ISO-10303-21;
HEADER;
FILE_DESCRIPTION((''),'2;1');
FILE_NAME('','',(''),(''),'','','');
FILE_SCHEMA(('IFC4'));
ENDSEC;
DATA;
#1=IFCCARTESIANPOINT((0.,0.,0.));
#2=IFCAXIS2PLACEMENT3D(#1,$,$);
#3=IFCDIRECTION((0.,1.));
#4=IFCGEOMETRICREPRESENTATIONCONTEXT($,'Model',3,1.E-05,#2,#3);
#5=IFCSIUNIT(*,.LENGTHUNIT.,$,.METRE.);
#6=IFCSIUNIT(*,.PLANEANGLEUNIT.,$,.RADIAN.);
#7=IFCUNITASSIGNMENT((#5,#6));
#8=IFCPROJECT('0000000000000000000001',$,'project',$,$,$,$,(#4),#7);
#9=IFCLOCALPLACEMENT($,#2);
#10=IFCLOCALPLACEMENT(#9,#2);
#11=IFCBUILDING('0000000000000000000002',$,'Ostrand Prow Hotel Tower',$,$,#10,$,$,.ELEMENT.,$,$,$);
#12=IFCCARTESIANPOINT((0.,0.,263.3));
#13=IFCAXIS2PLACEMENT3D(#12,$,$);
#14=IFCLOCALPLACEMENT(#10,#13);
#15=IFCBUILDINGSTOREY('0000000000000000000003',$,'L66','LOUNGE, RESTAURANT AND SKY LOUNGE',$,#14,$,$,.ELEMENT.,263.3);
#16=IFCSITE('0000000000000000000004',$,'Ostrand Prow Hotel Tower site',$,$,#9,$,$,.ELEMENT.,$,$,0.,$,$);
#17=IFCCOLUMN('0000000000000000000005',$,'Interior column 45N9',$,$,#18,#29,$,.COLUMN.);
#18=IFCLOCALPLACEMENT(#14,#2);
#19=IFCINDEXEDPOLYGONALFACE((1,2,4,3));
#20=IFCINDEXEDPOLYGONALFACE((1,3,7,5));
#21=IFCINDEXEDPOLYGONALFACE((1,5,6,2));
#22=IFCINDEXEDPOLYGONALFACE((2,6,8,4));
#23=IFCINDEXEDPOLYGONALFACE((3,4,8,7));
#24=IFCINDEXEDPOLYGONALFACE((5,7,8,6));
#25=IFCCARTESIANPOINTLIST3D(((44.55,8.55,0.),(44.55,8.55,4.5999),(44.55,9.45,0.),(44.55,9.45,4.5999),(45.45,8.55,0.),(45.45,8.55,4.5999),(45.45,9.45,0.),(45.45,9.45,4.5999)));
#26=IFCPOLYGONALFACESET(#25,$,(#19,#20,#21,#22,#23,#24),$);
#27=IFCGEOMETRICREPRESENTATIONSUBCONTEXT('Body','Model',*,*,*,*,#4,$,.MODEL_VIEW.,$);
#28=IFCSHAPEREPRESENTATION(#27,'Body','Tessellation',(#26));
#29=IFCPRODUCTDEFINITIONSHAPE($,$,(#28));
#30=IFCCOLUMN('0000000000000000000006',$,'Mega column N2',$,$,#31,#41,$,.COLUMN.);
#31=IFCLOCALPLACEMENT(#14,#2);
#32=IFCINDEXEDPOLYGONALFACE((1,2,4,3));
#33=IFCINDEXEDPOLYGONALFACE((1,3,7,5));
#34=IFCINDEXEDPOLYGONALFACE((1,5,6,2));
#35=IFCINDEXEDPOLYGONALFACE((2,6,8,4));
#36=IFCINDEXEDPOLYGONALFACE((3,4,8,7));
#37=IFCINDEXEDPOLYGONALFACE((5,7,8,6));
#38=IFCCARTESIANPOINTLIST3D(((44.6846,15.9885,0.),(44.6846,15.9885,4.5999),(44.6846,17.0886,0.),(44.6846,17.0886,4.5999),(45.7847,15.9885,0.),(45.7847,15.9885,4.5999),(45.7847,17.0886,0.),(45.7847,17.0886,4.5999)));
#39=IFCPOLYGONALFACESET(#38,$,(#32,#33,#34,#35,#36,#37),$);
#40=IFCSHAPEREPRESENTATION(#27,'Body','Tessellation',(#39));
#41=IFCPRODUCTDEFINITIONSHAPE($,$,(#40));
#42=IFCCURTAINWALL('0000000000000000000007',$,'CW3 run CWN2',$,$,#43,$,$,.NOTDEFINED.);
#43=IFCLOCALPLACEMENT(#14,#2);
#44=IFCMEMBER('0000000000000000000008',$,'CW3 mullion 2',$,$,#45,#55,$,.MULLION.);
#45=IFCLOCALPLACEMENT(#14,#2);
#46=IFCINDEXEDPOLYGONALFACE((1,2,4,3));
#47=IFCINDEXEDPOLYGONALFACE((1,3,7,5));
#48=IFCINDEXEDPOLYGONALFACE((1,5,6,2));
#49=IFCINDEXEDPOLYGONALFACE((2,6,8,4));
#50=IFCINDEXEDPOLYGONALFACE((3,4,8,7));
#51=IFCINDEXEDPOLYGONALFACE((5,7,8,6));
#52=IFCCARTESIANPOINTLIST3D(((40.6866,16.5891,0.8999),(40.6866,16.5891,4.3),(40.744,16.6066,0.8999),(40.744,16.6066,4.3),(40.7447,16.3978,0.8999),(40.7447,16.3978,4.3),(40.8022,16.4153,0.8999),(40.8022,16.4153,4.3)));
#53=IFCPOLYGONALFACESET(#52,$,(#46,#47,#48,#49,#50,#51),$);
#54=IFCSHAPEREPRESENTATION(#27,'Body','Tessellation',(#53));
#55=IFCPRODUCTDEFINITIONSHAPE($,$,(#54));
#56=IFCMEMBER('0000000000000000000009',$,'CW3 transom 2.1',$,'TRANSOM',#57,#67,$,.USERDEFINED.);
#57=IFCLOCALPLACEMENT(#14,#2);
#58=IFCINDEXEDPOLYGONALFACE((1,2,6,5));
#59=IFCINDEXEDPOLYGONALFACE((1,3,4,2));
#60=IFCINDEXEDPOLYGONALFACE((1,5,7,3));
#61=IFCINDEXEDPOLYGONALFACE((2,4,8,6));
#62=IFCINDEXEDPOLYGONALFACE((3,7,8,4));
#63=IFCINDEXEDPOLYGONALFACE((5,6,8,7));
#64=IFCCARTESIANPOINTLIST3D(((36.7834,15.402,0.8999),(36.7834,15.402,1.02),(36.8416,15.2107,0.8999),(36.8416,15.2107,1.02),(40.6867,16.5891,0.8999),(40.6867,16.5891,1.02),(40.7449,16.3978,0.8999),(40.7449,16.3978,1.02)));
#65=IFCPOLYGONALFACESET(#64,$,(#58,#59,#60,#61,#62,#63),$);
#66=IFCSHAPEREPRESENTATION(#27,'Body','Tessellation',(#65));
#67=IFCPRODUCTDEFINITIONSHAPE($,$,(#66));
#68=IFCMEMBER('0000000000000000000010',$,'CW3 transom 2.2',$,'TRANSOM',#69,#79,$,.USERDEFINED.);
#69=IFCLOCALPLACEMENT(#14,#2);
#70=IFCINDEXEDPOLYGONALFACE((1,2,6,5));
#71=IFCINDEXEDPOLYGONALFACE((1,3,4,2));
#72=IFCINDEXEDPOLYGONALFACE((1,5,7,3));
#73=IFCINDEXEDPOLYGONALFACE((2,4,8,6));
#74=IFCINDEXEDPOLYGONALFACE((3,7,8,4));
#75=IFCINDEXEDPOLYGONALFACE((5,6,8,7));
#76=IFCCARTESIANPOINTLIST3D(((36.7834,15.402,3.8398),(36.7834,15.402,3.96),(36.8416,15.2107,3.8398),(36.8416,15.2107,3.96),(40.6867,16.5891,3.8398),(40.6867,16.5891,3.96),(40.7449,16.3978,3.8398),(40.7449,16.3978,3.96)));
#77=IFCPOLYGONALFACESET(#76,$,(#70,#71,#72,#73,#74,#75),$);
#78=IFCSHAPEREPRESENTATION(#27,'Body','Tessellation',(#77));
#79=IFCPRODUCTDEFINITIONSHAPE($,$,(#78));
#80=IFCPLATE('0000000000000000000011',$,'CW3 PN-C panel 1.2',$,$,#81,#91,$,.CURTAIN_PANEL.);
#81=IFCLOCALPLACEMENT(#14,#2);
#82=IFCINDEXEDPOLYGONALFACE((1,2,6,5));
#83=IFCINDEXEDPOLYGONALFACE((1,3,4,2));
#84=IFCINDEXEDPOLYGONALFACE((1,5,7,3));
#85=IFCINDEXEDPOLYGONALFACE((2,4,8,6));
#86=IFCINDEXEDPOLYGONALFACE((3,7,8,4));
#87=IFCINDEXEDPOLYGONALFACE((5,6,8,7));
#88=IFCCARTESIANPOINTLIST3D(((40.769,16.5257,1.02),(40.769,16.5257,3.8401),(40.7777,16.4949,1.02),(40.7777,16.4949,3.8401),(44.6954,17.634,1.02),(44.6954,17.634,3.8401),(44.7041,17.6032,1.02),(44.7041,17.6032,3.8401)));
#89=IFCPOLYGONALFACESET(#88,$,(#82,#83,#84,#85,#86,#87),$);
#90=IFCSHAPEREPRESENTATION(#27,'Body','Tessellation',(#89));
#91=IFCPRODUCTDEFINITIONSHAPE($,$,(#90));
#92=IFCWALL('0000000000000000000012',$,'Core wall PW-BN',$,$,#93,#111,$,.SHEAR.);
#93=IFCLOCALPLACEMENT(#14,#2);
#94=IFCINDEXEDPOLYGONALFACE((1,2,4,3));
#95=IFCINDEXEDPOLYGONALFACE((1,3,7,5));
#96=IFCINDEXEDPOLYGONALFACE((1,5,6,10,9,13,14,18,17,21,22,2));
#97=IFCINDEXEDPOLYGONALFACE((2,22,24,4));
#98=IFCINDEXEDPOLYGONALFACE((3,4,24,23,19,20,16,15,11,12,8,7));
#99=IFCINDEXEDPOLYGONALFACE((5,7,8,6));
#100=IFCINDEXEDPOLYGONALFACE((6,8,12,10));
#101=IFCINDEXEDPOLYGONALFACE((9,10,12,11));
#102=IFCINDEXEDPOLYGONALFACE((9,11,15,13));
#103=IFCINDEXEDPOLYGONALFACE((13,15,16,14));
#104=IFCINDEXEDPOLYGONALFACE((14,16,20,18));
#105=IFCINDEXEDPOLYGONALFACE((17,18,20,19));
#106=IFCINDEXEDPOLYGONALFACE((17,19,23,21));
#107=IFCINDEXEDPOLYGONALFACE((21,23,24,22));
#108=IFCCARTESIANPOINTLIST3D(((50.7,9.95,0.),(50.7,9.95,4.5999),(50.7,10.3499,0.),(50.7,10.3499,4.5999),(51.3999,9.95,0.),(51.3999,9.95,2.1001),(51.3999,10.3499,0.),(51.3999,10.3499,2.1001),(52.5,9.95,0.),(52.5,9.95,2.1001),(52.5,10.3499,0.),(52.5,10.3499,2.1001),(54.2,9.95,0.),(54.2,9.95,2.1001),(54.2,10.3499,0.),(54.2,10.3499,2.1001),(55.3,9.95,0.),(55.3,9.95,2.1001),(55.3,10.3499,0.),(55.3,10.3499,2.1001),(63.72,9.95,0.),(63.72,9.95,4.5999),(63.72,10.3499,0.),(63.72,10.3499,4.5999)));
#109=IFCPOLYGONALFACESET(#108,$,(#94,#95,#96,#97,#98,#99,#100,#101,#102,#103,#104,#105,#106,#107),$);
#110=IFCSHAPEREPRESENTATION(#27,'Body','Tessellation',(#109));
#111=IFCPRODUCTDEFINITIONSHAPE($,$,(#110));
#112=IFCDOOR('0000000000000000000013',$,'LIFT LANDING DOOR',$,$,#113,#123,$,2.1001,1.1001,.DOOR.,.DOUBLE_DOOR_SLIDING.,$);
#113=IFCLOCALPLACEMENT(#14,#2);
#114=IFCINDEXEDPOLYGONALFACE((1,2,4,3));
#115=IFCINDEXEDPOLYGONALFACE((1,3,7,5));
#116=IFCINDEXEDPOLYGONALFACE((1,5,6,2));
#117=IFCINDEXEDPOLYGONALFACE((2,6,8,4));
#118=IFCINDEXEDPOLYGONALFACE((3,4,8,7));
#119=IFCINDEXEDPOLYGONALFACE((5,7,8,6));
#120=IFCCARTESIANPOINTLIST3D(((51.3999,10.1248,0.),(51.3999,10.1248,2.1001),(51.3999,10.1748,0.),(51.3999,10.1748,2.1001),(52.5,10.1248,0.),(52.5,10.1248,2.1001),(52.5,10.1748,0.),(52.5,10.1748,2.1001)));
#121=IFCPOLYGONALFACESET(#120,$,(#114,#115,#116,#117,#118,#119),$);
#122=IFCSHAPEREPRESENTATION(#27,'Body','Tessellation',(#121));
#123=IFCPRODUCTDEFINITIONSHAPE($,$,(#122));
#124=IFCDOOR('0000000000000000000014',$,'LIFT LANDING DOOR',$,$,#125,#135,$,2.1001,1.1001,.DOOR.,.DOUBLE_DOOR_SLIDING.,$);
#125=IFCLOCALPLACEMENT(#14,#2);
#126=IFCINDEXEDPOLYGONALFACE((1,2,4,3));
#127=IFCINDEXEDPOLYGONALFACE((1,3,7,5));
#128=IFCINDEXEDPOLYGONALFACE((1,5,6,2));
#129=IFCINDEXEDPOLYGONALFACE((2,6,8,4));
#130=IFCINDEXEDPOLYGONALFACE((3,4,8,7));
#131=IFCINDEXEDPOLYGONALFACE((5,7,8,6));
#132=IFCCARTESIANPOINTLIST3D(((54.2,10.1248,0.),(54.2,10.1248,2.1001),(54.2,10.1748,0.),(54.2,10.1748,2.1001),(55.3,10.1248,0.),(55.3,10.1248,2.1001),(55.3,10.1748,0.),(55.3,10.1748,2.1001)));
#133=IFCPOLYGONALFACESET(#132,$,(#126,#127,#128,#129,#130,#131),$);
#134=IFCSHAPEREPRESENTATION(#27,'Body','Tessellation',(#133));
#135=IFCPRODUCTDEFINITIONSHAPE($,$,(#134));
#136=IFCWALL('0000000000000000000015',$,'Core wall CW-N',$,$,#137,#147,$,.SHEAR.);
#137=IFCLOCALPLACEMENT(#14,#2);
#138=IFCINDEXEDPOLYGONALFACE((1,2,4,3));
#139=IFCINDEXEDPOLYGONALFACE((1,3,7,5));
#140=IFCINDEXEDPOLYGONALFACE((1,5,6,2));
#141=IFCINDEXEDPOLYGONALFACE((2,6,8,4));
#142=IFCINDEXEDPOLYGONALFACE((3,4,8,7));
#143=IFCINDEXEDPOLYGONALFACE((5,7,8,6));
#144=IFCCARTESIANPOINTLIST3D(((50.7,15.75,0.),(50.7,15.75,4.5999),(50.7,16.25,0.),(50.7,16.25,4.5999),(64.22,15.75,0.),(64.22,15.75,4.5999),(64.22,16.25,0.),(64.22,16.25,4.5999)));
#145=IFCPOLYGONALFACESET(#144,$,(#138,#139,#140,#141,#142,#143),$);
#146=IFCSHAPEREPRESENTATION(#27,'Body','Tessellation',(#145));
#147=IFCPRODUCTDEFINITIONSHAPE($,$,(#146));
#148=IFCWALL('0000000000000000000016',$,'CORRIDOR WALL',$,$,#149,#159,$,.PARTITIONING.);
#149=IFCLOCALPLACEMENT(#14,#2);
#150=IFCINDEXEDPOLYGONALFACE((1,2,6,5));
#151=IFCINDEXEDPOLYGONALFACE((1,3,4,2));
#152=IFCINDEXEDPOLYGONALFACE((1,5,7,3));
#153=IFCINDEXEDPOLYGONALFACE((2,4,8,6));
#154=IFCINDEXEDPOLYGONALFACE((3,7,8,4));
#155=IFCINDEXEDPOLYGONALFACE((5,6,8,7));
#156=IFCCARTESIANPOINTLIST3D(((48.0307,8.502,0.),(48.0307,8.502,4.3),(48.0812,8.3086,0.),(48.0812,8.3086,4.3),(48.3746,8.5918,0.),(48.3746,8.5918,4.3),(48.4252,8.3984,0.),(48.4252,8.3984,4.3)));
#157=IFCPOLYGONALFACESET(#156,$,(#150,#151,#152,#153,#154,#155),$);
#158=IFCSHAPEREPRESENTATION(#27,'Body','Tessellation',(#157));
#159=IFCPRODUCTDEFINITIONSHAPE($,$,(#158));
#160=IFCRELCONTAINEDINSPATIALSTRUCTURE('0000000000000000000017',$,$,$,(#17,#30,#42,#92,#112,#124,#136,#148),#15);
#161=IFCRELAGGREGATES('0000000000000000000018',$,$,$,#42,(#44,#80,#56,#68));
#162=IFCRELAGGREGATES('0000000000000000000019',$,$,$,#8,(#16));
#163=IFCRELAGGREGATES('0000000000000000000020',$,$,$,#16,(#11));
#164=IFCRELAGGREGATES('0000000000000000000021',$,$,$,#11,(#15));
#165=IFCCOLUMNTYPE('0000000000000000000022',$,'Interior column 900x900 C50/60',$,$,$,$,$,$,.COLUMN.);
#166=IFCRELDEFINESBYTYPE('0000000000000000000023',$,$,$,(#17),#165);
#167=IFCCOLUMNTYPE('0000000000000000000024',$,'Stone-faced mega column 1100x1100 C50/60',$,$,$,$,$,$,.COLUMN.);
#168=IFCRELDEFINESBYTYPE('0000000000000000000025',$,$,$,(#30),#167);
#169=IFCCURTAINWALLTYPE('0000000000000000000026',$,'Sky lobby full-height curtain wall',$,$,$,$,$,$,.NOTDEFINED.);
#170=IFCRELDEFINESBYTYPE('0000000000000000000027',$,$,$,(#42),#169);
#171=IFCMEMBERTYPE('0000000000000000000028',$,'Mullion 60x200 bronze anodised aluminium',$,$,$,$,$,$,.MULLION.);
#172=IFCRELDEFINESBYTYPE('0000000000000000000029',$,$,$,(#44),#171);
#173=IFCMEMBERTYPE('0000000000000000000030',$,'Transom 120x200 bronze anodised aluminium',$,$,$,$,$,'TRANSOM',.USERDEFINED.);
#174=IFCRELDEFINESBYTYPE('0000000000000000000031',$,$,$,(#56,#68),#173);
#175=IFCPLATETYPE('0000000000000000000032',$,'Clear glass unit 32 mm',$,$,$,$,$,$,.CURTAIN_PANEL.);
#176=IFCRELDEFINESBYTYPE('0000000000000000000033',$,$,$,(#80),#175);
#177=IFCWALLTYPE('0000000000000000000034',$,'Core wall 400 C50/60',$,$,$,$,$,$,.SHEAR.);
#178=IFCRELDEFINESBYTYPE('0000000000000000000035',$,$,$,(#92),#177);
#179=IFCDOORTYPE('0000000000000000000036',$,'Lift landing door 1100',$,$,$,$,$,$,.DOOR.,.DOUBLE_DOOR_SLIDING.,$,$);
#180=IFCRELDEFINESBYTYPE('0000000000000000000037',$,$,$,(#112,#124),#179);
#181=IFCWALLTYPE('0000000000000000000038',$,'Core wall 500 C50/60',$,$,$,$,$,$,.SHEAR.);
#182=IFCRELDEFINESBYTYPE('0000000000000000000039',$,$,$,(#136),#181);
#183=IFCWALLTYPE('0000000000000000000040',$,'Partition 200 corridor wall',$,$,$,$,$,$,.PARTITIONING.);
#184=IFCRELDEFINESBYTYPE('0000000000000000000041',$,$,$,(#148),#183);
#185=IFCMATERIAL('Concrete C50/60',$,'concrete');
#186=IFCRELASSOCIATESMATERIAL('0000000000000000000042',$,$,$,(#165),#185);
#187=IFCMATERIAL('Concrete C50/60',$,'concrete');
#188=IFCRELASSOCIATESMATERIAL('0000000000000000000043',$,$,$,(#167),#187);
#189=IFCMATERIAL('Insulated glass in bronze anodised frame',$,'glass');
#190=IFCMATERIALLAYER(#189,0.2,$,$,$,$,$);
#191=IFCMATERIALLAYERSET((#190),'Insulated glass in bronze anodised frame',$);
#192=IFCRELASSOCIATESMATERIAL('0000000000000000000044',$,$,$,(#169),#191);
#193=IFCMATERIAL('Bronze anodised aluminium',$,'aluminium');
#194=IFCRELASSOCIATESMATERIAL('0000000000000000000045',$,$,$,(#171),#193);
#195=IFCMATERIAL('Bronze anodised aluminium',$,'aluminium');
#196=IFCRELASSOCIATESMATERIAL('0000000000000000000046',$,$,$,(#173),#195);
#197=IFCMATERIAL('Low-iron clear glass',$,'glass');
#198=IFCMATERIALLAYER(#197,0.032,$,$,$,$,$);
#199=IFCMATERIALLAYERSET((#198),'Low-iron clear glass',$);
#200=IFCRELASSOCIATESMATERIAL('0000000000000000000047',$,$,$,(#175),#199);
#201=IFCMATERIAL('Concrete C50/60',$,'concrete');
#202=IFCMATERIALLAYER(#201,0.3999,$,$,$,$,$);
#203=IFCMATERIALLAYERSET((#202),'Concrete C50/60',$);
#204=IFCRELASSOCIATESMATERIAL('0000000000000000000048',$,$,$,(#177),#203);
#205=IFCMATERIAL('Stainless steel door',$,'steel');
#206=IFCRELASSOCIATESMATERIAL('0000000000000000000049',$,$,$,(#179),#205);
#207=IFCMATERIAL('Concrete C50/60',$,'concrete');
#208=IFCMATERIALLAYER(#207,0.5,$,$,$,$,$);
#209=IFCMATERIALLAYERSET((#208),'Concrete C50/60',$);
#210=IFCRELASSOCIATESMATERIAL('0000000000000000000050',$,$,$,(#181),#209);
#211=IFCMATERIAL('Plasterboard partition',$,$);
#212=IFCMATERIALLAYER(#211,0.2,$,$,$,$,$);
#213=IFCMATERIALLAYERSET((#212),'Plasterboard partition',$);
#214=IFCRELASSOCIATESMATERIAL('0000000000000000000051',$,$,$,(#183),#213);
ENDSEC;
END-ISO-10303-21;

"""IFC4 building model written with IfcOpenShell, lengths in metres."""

from ifc_helpers import new_model, si_unit, direction, frame, frame_2d, origin, origin_2d, place, context, subcontext, project, spatial, rectangle, extrude, material, layer, layer_set, material_profile, profile_set, type_object, element, fill, aggregate, save


model = new_model("IFC4")

# Units and contexts
model_context = context("Model", 3, precision=1e-05, world=origin(), true_north=direction((0.0, 1.0)))
body_context = subcontext(model_context, "Body", "Model", "MODEL_VIEW")
ifc_project = project(units=[si_unit("LENGTHUNIT", "METRE"), si_unit("PLANEANGLEUNIT", "RADIAN")], contexts=[model_context])

# Site, building, storey
site_placement = place(None, origin())
site = spatial("IfcSite", under=ifc_project, at=site_placement, Name="Ostrand Prow Hotel Tower site", CompositionType="ELEMENT", RefElevation=0.0)
building_placement = place(site_placement, origin())
building = spatial("IfcBuilding", under=site, at=building_placement, Name="Ostrand Prow Hotel Tower", CompositionType="ELEMENT")
storey_placement = place(building_placement, frame((0.0, 0.0, 263.3)))
storey = spatial("IfcBuildingStorey", under=building, at=storey_placement, Name="L66", Description="LOUNGE, RESTAURANT AND SKY LOUNGE", CompositionType="ELEMENT", Elevation=263.3)

# Columns
ifc_material_1 = material(Name="Concrete C50/60", Category="concrete")
ifc_material_profile_1 = material_profile(ifc_material_1, rectangle(XDim=0.8999, YDim=0.8999, at=origin_2d()), Name="RC 900x900")
ifc_profile_set_1 = profile_set([ifc_material_profile_1], Name="Concrete C50/60")
column_type_1 = type_object("IfcColumnType", Name="Interior column 900x900 C50/60", PredefinedType="COLUMN", material=ifc_profile_set_1)
column_1_placement = place(storey_placement, frame((45.0, 9.0, 0.0), z_axis=(0.0, 0.0, 1.0), x_axis=(1.0, 0.0, 0.0)))
element("IfcColumn", 1, at=column_1_placement, inside=storey, type_object=column_type_1, Name="Interior column 45N9", PredefinedType="COLUMN", context=body_context, shape_type="SweptSolid", body=[
    extrude(rectangle(XDim=0.8999, YDim=0.8999, at=origin_2d()), origin(), (0.0, 0.0, 1.0), 4.5999),
])
ifc_material_2 = material(Name="Concrete C50/60", Category="concrete")
ifc_material_profile_2 = material_profile(ifc_material_2, rectangle(XDim=1.1001, YDim=1.1001, at=origin_2d()), Name="RC 1100x1100")
ifc_profile_set_2 = profile_set([ifc_material_profile_2], Name="Concrete C50/60")
column_type_2 = type_object("IfcColumnType", Name="Stone-faced mega column 1100x1100 C50/60", PredefinedType="COLUMN", material=ifc_profile_set_2)
column_2_placement = place(storey_placement, frame((45.2346, 16.5386, 0.0), z_axis=(0.0, 0.0, 1.0), x_axis=(1.0, 0.0, 0.0)))
element("IfcColumn", 2, at=column_2_placement, inside=storey, type_object=column_type_2, Name="Mega column N2", PredefinedType="COLUMN", context=body_context, shape_type="SweptSolid", body=[
    extrude(rectangle(XDim=1.1001, YDim=1.1001, at=origin_2d()), origin(), (0.0, 0.0, 1.0), 4.5999),
])

# Curtain wall, members, plate
ifc_material_3 = material(Name="Insulated glass in bronze anodised frame", Category="glass")
ifc_layer_1 = layer(ifc_material_3, 0.2)
ifc_layer_set_1 = layer_set([ifc_layer_1], Name="Insulated glass in bronze anodised frame")
curtain_wall_type = type_object("IfcCurtainWallType", Name="Sky lobby full-height curtain wall", PredefinedType="NOTDEFINED", material=ifc_layer_set_1)
curtain_wall_placement = place(storey_placement, origin())
curtain_wall = element("IfcCurtainWall", 3, at=curtain_wall_placement, inside=storey, type_object=curtain_wall_type, Name="CW3 run CWN2", PredefinedType="NOTDEFINED")
ifc_material_4 = material(Name="Bronze anodised aluminium", Category="aluminium")
ifc_material_profile_3 = material_profile(ifc_material_4, rectangle(XDim=0.2, YDim=0.0601, at=origin_2d()), Name="Mullion 60x200 bronze anodised aluminium")
ifc_profile_set_3 = profile_set([ifc_material_profile_3], Name="Bronze anodised aluminium")
member_type_1 = type_object("IfcMemberType", Name="Mullion 60x200 bronze anodised aluminium", PredefinedType="MULLION", material=ifc_profile_set_3)
member_1_placement = place(storey_placement, frame((40.7444, 16.5022, 0.8999), z_axis=(0.0, 0.0, 1.0), x_axis=(0.290938, -0.956742, 0.0)))
member_1 = element("IfcMember", 4, at=member_1_placement, type_object=member_type_1, Name="CW3 mullion 2", PredefinedType="MULLION", context=body_context, shape_type="SweptSolid", body=[
    extrude(rectangle(XDim=0.2, YDim=0.0601, at=origin_2d()), origin(), (0.0, 0.0, 1.0), 3.4001),
])
ifc_material_5 = material(Name="Bronze anodised aluminium", Category="aluminium")
ifc_material_profile_4 = material_profile(ifc_material_5, rectangle(XDim=0.2, YDim=0.1201, at=origin_2d()), Name="Transom 120x200 bronze anodised aluminium")
ifc_profile_set_4 = profile_set([ifc_material_profile_4], Name="Bronze anodised aluminium")
member_type_2 = type_object("IfcMemberType", Name="Transom 120x200 bronze anodised aluminium", ElementType="TRANSOM", PredefinedType="USERDEFINED", material=ifc_profile_set_4)
member_2_placement = place(storey_placement, frame((40.7158, 16.4934, 0.96), z_axis=(-0.956739, -0.290947, 0.0), x_axis=(0.290947, -0.956739, 0.0)))
member_2 = element("IfcMember", 5, at=member_2_placement, type_object=member_type_2, Name="CW3 transom 2.1", ObjectType="TRANSOM", PredefinedType="USERDEFINED", context=body_context, shape_type="SweptSolid", body=[
    extrude(rectangle(XDim=0.2, YDim=0.1201, at=origin_2d()), origin(), (0.0, 0.0, 1.0), 4.0798),
])
member_3_placement = place(storey_placement, frame((40.7158, 16.4934, 3.8999), z_axis=(-0.956739, -0.290947, 0.0), x_axis=(0.290947, -0.956739, 0.0)))
member_3 = element("IfcMember", 6, at=member_3_placement, type_object=member_type_2, Name="CW3 transom 2.2", ObjectType="TRANSOM", PredefinedType="USERDEFINED", context=body_context, shape_type="SweptSolid", body=[
    extrude(rectangle(XDim=0.2, YDim=0.1201, at=origin_2d()), origin(), (0.0, 0.0, 1.0), 4.0798),
])
ifc_material_6 = material(Name="Low-iron clear glass", Category="glass")
ifc_layer_2 = layer(ifc_material_6, 0.032)
ifc_layer_set_2 = layer_set([ifc_layer_2], Name="Low-iron clear glass")
plate_type = type_object("IfcPlateType", Name="Clear glass unit 32 mm", PredefinedType="CURTAIN_PANEL", material=ifc_layer_set_2)
plate_placement = place(storey_placement, frame((42.7366, 17.0645, 1.02), z_axis=(0.0, 0.0, 1.0), x_axis=(-0.962396, -0.271649, 0.0)))
plate = element("IfcPlate", 7, at=plate_placement, type_object=plate_type, Name="CW3 PN-C panel 1.2", PredefinedType="CURTAIN_PANEL", context=body_context, shape_type="SweptSolid", body=[
    extrude(rectangle(XDim=4.0798, YDim=0.032, at=origin_2d()), origin(), (0.0, 0.0, 1.0), 2.8201),
])
aggregate(curtain_wall, [member_1, plate, member_2, member_3])

# Wall, openings, doors
ifc_material_7 = material(Name="Concrete C50/60", Category="concrete")
ifc_layer_3 = layer(ifc_material_7, 0.3999)
ifc_layer_set_3 = layer_set([ifc_layer_3], Name="Concrete C50/60")
wall_type_1 = type_object("IfcWallType", Name="Core wall 400 C50/60", PredefinedType="SHEAR", material=ifc_layer_set_3)
wall_1_placement = place(storey_placement, frame((50.7, 10.1499, 0.0), z_axis=(0.0, 0.0, 1.0), x_axis=(1.0, 0.0, 0.0)))
wall_1 = element("IfcWall", 8, at=wall_1_placement, inside=storey, type_object=wall_type_1, Name="Core wall PW-BN", PredefinedType="SHEAR", context=body_context, shape_type="SweptSolid", body=[
    extrude(rectangle(XDim=13.02, YDim=0.3999, at=frame_2d((6.51, 0.0))), origin(), (0.0, 0.0, 1.0), 4.5999),
])
opening_1_placement = place(wall_1_placement, frame((0.7, 0.0, 0.0)))
opening_1 = element("IfcOpeningElement", 9, at=opening_1_placement, cuts=wall_1, PredefinedType="OPENING", context=body_context, shape_type="SweptSolid", body=[
    extrude(rectangle(XDim=1.1001, YDim=2.1001, at=frame_2d((0.55, 1.05))), frame((0.0, 0.21, 0.0), z_axis=(0.0, -1.0, 0.0), x_axis=(1.0, 0.0, 0.0)), (0.0, 0.0, 1.0), 0.4199),
])
opening_2_placement = place(wall_1_placement, frame((3.5, 0.0, 0.0)))
opening_2 = element("IfcOpeningElement", 10, at=opening_2_placement, cuts=wall_1, PredefinedType="OPENING", context=body_context, shape_type="SweptSolid", body=[
    extrude(rectangle(XDim=1.1001, YDim=2.1001, at=frame_2d((0.55, 1.05))), frame((0.0, 0.21, 0.0), z_axis=(0.0, -1.0, 0.0), x_axis=(1.0, 0.0, 0.0)), (0.0, 0.0, 1.0), 0.4199),
])
ifc_material_8 = material(Name="Stainless steel door", Category="steel")
door_type = type_object("IfcDoorType", Name="Lift landing door 1100", OperationType="DOUBLE_DOOR_SLIDING", PredefinedType="DOOR", material=ifc_material_8)
door_1_placement = place(opening_1_placement, origin())
door_1 = element("IfcDoor", 11, at=door_1_placement, inside=storey, type_object=door_type, Name="LIFT LANDING DOOR", OperationType="DOUBLE_DOOR_SLIDING", OverallHeight=2.1001, OverallWidth=1.1001, PredefinedType="DOOR", context=body_context, shape_type="SweptSolid", body=[
    extrude(rectangle(XDim=1.1001, YDim=2.1001, at=frame_2d((0.55, 1.05))), frame((0.0, 0.0249, 0.0), z_axis=(0.0, -1.0, 0.0), x_axis=(1.0, 0.0, 0.0)), (0.0, 0.0, 1.0), 0.05),
])
fill(opening_1, door_1)
door_2_placement = place(opening_2_placement, origin())
door_2 = element("IfcDoor", 12, at=door_2_placement, inside=storey, type_object=door_type, Name="LIFT LANDING DOOR", OperationType="DOUBLE_DOOR_SLIDING", OverallHeight=2.1001, OverallWidth=1.1001, PredefinedType="DOOR", context=body_context, shape_type="SweptSolid", body=[
    extrude(rectangle(XDim=1.1001, YDim=2.1001, at=frame_2d((0.55, 1.05))), frame((0.0, 0.0249, 0.0), z_axis=(0.0, -1.0, 0.0), x_axis=(1.0, 0.0, 0.0)), (0.0, 0.0, 1.0), 0.05),
])
fill(opening_2, door_2)

# Walls
ifc_material_9 = material(Name="Concrete C50/60", Category="concrete")
ifc_layer_4 = layer(ifc_material_9, 0.5)
ifc_layer_set_4 = layer_set([ifc_layer_4], Name="Concrete C50/60")
wall_type_2 = type_object("IfcWallType", Name="Core wall 500 C50/60", PredefinedType="SHEAR", material=ifc_layer_set_4)
wall_2_placement = place(storey_placement, frame((50.7, 16.0, 0.0), z_axis=(0.0, 0.0, 1.0), x_axis=(1.0, 0.0, 0.0)))
element("IfcWall", 13, at=wall_2_placement, inside=storey, type_object=wall_type_2, Name="Core wall CW-N", PredefinedType="SHEAR", context=body_context, shape_type="SweptSolid", body=[
    extrude(rectangle(XDim=13.52, YDim=0.5, at=frame_2d((6.76, 0.0))), origin(), (0.0, 0.0, 1.0), 4.5999),
])
ifc_material_10 = material(Name="Plasterboard partition")
ifc_layer_5 = layer(ifc_material_10, 0.2)
ifc_layer_set_5 = layer_set([ifc_layer_5], Name="Plasterboard partition")
wall_type_3 = type_object("IfcWallType", Name="Partition 200 corridor wall", PredefinedType="PARTITIONING", material=ifc_layer_set_5)
wall_3_placement = place(storey_placement, frame((48.3999, 8.4951, 0.0), z_axis=(0.0, 0.0, 1.0), x_axis=(-0.967544, -0.252701, 0.0)))
element("IfcWall", 14, at=wall_3_placement, inside=storey, type_object=wall_type_3, Name="CORRIDOR WALL", PredefinedType="PARTITIONING", context=body_context, shape_type="SweptSolid", body=[
    extrude(rectangle(XDim=0.3555, YDim=0.2, at=frame_2d((0.1777, 0.0))), origin(), (0.0, 0.0, 1.0), 4.3),
])

save(model, "model.ifc")
